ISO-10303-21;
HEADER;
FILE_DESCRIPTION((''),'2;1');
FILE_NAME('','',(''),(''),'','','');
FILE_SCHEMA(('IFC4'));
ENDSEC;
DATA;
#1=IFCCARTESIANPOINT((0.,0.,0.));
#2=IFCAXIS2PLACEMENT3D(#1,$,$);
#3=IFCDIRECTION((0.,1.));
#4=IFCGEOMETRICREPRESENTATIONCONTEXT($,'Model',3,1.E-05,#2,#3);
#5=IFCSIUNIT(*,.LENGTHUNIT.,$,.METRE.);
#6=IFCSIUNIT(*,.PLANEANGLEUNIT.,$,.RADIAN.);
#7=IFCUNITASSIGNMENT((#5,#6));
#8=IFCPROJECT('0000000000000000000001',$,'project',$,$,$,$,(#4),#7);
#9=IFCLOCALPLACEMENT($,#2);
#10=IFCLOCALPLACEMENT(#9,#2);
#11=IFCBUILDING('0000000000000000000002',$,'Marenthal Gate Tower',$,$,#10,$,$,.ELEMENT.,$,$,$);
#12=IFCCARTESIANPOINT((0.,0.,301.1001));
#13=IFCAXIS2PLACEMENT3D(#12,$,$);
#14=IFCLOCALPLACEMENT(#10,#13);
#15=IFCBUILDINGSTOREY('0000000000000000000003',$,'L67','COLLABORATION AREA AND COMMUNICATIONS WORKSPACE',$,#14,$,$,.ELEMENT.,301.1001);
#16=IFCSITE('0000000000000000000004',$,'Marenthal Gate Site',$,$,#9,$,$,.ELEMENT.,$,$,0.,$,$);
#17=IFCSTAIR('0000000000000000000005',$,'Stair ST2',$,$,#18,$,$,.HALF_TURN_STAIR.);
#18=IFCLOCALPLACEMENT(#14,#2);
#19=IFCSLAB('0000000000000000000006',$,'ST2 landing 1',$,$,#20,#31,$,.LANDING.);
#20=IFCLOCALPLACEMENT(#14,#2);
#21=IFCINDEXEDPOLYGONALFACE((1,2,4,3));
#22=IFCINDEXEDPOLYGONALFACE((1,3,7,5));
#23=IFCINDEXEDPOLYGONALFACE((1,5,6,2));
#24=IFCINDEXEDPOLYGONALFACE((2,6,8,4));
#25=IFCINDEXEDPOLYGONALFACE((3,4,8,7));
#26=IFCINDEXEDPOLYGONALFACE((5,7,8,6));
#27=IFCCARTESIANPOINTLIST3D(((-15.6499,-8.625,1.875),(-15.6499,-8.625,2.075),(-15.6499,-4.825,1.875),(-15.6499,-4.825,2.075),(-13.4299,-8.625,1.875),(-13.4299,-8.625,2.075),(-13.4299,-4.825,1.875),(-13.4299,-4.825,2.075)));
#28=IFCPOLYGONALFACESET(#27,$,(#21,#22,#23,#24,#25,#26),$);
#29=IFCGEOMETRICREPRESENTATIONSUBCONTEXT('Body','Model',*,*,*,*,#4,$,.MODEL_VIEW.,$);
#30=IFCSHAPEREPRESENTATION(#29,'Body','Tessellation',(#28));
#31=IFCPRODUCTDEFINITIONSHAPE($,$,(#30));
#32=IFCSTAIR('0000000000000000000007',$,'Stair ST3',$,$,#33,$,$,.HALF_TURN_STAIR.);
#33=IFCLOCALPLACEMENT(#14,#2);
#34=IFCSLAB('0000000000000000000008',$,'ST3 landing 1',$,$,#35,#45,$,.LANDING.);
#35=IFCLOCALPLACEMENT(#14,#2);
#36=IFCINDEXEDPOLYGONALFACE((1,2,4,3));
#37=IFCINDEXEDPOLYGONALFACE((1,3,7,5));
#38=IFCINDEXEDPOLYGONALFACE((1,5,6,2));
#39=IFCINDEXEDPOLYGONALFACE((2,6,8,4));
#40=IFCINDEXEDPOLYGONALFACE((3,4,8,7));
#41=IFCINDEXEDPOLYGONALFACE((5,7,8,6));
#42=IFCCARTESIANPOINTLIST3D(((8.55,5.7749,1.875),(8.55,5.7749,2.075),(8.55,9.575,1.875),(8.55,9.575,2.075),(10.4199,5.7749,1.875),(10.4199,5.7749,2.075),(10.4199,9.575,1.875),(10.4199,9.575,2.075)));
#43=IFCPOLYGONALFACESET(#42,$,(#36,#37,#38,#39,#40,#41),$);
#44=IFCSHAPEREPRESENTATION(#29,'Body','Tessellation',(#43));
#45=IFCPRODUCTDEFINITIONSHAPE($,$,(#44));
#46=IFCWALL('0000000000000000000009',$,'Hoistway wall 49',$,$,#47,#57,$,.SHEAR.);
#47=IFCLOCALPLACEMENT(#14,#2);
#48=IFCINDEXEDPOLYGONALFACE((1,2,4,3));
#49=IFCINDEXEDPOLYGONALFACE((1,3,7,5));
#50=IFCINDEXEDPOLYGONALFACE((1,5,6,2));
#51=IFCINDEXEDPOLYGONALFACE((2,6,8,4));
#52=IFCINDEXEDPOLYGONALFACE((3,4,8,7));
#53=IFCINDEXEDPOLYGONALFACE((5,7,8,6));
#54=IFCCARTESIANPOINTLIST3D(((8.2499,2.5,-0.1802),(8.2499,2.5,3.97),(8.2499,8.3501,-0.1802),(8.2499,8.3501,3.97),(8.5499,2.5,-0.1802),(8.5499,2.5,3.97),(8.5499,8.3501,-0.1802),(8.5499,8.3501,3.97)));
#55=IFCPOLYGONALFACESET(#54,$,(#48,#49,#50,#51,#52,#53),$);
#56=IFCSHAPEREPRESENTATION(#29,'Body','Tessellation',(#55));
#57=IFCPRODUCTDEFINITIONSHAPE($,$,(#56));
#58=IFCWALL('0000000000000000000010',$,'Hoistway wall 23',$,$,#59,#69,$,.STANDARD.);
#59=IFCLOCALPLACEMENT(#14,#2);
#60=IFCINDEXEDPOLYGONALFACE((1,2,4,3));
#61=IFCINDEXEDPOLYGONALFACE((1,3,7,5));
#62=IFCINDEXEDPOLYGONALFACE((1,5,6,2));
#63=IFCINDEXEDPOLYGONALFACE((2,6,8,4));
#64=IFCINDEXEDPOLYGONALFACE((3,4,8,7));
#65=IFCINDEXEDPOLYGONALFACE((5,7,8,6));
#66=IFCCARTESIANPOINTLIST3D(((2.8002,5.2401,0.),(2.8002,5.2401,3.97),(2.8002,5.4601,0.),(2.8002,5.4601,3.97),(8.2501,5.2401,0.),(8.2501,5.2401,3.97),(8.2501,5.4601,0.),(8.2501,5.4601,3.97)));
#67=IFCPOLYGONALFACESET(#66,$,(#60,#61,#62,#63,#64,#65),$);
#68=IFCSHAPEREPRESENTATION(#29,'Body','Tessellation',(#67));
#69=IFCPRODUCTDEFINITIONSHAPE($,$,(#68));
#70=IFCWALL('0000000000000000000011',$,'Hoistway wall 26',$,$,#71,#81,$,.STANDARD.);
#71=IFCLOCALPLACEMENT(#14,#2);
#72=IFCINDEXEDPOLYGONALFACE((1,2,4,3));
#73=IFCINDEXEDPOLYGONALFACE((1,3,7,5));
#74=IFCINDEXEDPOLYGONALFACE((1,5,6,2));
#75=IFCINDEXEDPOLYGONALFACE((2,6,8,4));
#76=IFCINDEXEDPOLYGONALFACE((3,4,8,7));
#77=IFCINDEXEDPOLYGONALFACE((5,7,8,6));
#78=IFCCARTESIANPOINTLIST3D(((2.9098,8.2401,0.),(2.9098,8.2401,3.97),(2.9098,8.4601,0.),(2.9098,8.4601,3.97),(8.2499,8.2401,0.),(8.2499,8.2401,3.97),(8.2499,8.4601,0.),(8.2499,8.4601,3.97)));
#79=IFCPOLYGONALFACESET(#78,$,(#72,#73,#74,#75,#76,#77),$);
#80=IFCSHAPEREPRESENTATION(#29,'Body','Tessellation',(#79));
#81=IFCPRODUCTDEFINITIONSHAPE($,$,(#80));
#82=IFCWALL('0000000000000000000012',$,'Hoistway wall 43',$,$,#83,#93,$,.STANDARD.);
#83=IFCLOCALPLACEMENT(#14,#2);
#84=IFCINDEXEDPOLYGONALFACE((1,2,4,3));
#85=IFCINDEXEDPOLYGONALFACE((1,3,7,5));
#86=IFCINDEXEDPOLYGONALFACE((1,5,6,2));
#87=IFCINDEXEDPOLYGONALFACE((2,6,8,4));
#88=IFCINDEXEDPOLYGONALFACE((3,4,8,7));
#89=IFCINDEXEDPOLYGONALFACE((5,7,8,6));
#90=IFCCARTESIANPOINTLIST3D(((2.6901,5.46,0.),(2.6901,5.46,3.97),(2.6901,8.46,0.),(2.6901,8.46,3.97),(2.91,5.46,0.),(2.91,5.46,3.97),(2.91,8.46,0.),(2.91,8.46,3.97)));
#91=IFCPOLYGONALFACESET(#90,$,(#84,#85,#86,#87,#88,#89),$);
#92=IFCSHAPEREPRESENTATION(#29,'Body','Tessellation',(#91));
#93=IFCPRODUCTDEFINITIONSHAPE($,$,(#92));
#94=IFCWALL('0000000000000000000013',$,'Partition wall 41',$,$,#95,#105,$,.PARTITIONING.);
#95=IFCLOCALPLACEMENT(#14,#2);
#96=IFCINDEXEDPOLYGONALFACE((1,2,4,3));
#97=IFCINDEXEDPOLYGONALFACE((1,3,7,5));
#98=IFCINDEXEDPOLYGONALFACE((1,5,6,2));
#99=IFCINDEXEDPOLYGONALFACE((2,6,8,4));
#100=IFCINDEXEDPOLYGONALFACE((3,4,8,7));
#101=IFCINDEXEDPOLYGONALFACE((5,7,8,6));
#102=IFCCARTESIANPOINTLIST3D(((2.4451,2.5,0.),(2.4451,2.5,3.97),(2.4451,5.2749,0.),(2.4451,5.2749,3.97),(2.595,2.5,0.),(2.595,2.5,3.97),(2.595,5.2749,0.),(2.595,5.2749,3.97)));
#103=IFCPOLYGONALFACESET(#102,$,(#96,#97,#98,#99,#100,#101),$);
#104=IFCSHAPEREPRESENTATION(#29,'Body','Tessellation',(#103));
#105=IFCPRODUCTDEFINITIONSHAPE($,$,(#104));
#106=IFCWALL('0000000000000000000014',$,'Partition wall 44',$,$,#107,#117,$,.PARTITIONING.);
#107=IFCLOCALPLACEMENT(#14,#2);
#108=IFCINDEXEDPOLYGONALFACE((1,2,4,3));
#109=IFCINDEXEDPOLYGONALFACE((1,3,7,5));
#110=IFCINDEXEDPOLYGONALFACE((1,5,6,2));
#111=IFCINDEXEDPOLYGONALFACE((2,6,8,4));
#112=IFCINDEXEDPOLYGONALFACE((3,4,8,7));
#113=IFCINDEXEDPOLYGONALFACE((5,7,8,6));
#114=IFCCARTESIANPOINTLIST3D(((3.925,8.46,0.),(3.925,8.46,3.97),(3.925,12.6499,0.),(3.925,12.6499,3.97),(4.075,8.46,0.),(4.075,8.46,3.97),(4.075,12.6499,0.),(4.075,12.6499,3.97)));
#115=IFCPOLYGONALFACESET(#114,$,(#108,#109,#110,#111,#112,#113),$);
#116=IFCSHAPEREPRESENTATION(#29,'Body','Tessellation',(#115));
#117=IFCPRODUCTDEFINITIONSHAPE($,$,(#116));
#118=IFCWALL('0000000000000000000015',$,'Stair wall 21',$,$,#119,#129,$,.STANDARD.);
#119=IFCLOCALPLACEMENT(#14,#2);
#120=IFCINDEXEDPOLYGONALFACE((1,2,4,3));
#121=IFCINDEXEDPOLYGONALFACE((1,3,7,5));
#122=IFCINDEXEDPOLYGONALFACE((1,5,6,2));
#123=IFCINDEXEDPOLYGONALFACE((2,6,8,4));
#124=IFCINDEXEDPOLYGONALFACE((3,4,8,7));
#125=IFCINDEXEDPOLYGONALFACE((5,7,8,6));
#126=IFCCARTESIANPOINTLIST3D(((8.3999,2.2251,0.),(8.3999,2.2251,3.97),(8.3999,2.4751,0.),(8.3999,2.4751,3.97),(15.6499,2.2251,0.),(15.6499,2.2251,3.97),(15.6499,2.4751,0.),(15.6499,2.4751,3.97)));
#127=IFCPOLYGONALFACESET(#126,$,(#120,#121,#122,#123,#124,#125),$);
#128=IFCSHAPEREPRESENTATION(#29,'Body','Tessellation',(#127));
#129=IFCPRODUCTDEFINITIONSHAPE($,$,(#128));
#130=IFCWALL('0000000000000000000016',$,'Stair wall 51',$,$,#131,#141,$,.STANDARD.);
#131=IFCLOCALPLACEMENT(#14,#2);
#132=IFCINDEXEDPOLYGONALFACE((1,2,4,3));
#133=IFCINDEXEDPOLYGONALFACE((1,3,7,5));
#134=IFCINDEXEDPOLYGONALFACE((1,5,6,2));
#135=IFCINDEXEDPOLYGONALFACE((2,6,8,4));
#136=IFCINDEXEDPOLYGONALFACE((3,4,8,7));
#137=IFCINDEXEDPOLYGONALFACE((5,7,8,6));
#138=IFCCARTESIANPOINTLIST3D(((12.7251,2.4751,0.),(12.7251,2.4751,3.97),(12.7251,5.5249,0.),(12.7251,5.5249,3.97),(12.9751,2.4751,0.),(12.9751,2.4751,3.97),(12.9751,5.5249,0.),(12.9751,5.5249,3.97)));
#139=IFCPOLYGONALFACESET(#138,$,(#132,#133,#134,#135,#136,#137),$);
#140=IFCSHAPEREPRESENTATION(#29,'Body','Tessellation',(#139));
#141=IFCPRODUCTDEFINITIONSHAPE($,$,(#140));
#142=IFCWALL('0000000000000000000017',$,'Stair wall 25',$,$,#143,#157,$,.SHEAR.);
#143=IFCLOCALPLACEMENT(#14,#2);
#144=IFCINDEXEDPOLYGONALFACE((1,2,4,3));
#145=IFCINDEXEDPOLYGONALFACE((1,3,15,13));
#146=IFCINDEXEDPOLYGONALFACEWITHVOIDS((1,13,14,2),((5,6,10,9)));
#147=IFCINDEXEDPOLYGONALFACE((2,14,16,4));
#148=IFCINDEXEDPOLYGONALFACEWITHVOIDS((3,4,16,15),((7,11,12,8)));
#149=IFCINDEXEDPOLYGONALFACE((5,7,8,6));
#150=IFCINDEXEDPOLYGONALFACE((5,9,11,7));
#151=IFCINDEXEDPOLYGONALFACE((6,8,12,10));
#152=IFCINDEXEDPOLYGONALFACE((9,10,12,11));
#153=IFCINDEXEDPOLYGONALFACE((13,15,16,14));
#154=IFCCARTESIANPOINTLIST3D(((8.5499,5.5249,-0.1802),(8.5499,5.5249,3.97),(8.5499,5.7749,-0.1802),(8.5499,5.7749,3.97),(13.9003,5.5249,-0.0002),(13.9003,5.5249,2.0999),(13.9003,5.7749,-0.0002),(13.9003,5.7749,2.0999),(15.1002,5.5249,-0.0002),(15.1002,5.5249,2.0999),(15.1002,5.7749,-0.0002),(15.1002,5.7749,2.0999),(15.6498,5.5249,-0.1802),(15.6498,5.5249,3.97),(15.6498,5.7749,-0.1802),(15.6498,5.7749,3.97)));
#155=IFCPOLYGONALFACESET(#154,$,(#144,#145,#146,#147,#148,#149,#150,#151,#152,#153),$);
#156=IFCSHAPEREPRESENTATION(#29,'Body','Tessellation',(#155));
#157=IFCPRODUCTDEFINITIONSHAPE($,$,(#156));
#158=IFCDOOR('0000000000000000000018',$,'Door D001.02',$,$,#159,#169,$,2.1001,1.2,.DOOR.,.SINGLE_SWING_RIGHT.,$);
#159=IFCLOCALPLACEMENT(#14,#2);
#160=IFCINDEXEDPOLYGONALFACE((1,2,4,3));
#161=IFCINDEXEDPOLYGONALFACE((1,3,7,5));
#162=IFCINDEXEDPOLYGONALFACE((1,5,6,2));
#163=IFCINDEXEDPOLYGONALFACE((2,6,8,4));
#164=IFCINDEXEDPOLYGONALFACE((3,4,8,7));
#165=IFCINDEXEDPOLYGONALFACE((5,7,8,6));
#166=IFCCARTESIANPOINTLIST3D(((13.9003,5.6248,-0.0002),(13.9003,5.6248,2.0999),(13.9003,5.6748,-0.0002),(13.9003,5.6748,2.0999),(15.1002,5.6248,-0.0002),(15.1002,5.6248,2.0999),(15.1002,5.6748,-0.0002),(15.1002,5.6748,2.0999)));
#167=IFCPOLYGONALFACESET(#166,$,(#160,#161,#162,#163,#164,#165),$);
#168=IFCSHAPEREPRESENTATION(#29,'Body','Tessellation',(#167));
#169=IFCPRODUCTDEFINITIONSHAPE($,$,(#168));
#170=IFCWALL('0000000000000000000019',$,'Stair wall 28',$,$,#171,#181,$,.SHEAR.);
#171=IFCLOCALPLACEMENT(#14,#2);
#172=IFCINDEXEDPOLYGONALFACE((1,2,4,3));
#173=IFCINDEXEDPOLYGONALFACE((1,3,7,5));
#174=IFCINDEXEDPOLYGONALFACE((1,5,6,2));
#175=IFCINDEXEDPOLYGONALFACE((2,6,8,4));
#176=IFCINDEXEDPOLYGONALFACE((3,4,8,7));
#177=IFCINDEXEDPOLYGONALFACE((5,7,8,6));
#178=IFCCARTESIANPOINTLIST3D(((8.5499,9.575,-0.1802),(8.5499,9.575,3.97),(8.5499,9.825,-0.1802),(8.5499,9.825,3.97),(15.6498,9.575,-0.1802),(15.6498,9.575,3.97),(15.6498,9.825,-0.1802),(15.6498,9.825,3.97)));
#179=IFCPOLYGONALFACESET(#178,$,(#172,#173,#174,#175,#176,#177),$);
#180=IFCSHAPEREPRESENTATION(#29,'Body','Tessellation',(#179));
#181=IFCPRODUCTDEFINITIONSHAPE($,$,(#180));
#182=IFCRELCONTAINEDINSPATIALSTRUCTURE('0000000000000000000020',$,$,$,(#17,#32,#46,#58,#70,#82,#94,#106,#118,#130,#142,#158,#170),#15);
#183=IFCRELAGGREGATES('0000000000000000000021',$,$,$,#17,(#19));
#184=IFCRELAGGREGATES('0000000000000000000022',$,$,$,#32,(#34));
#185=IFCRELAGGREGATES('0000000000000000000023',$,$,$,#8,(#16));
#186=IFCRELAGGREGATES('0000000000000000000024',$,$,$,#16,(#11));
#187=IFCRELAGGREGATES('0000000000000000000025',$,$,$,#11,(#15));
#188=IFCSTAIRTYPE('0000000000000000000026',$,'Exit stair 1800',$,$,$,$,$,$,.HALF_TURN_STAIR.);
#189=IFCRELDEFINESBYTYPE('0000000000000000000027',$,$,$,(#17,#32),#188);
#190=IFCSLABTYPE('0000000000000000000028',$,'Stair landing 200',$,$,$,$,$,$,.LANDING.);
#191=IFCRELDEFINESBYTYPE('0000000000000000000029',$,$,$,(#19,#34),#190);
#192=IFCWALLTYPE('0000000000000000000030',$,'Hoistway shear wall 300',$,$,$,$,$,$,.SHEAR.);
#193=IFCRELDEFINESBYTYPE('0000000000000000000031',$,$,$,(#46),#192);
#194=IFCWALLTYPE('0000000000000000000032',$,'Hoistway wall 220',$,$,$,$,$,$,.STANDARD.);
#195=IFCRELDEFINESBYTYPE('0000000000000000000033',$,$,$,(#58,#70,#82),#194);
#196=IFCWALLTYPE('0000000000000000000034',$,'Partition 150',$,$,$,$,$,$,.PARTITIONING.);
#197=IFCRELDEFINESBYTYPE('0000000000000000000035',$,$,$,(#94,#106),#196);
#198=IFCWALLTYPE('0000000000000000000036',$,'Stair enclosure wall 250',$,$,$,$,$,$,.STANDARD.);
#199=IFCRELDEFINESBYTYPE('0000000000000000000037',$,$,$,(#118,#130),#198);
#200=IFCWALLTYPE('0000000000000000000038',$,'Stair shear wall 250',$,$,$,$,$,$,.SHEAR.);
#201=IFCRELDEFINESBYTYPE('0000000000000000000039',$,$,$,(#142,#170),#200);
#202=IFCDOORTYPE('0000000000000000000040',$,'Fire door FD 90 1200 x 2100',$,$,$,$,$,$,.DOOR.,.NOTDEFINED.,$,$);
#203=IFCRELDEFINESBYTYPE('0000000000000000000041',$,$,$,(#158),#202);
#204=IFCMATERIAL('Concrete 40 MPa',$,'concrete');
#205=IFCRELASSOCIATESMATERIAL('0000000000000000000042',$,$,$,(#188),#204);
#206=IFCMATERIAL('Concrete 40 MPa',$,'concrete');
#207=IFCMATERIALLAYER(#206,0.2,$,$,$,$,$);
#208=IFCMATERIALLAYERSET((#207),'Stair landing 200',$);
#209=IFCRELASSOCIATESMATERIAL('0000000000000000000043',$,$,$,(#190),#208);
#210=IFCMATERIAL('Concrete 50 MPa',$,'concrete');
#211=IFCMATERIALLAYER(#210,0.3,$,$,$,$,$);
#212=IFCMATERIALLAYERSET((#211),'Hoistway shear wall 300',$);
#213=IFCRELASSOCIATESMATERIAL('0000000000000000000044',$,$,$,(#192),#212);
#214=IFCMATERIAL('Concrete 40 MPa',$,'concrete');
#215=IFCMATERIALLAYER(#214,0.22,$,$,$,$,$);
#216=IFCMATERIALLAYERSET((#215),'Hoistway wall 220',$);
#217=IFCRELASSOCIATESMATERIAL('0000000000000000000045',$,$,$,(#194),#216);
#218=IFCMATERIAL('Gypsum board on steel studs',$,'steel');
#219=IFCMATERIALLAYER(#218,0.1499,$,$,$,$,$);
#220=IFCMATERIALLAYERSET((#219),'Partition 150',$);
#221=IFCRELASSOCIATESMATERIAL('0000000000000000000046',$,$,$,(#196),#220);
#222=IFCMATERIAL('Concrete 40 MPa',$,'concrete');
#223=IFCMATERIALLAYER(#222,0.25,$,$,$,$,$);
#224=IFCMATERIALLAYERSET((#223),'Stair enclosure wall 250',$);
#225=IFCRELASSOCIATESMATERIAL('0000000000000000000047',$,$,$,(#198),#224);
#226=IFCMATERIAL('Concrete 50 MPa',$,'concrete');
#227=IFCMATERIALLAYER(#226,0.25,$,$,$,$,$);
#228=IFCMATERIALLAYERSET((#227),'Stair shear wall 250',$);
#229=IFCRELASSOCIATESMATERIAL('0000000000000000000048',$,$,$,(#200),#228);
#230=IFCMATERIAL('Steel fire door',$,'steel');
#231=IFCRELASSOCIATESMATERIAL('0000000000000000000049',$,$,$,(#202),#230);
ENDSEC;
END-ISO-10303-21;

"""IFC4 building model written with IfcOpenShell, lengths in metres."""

from ifc_helpers import new_model, si_unit, direction, frame, frame_2d, origin, place, context, subcontext, project, spatial, polyline, rectangle, outline, extrude, material, layer, layer_set, type_object, element, fill, aggregate, save


model = new_model("IFC4")

# Units and contexts
model_context = context("Model", 3, precision=1e-05, world=origin(), true_north=direction((0.0, 1.0)))
body_context = subcontext(model_context, "Body", "Model", "MODEL_VIEW")
ifc_project = project(units=[si_unit("LENGTHUNIT", "METRE"), si_unit("PLANEANGLEUNIT", "RADIAN")], contexts=[model_context])

# Site, building, storey
site_placement = place(None, origin())
site = spatial("IfcSite", under=ifc_project, at=site_placement, Name="Marenthal Gate Site", CompositionType="ELEMENT", RefElevation=0.0)
building_placement = place(site_placement, origin())
building = spatial("IfcBuilding", under=site, at=building_placement, Name="Marenthal Gate Tower", CompositionType="ELEMENT")
storey_placement = place(building_placement, frame((0.0, 0.0, 301.1001)))
storey = spatial("IfcBuildingStorey", under=building, at=storey_placement, Name="L67", Description="COLLABORATION AREA AND COMMUNICATIONS WORKSPACE", CompositionType="ELEMENT", Elevation=301.1001)

# Stairs, slabs
ifc_material_1 = material(Name="Concrete 40 MPa", Category="concrete")
stair_type = type_object("IfcStairType", Name="Exit stair 1800", PredefinedType="HALF_TURN_STAIR", material=ifc_material_1)
stair_1_placement = place(storey_placement, origin())
stair_1 = element("IfcStair", 1, at=stair_1_placement, inside=storey, type_object=stair_type, Name="Stair ST2", PredefinedType="HALF_TURN_STAIR")
ifc_material_2 = material(Name="Concrete 40 MPa", Category="concrete")
ifc_layer_1 = layer(ifc_material_2, 0.2)
ifc_layer_set_1 = layer_set([ifc_layer_1], Name="Stair landing 200")
slab_type = type_object("IfcSlabType", Name="Stair landing 200", PredefinedType="LANDING", material=ifc_layer_set_1)
slab_1_placement = place(storey_placement, frame((0.0, 0.0, 1.875)))
slab_1 = element("IfcSlab", 2, at=slab_1_placement, type_object=slab_type, Name="ST2 landing 1", PredefinedType="LANDING", context=body_context, shape_type="SweptSolid", body=[
    extrude(outline(polyline([(-15.6499, -8.625), (-13.4299, -8.625), (-13.4299, -4.825), (-15.6499, -4.825), (-15.6499, -8.625)])), origin(), (0.0, 0.0, 1.0), 0.2),
])
aggregate(stair_1, [slab_1])
stair_2_placement = place(storey_placement, origin())
stair_2 = element("IfcStair", 3, at=stair_2_placement, inside=storey, type_object=stair_type, Name="Stair ST3", PredefinedType="HALF_TURN_STAIR")
slab_2_placement = place(storey_placement, frame((0.0, 0.0, 1.875)))
slab_2 = element("IfcSlab", 4, at=slab_2_placement, type_object=slab_type, Name="ST3 landing 1", PredefinedType="LANDING", context=body_context, shape_type="SweptSolid", body=[
    extrude(outline(polyline([(8.55, 5.7749), (10.4199, 5.7749), (10.4199, 9.575), (8.55, 9.575), (8.55, 5.7749)])), origin(), (0.0, 0.0, 1.0), 0.2),
])

# Walls
ifc_material_3 = material(Name="Concrete 50 MPa", Category="concrete")
ifc_layer_2 = layer(ifc_material_3, 0.3)
ifc_layer_set_2 = layer_set([ifc_layer_2], Name="Hoistway shear wall 300")
wall_type_1 = type_object("IfcWallType", Name="Hoistway shear wall 300", PredefinedType="SHEAR", material=ifc_layer_set_2)
wall_1_placement = place(storey_placement, frame((8.3999, 2.5, -0.1802), z_axis=(0.0, 0.0, 1.0), x_axis=(0.0, 1.0, 0.0)))
element("IfcWall", 5, at=wall_1_placement, inside=storey, type_object=wall_type_1, Name="Hoistway wall 49", PredefinedType="SHEAR", context=body_context, shape_type="SweptSolid", body=[
    extrude(rectangle(XDim=5.8501, YDim=0.3, at=frame_2d((2.925, 0.0))), origin(), (0.0, 0.0, 1.0), 4.1501),
])
ifc_material_4 = material(Name="Concrete 40 MPa", Category="concrete")
ifc_layer_3 = layer(ifc_material_4, 0.22)
ifc_layer_set_3 = layer_set([ifc_layer_3], Name="Hoistway wall 220")
wall_type_2 = type_object("IfcWallType", Name="Hoistway wall 220", PredefinedType="STANDARD", material=ifc_layer_set_3)
wall_2_placement = place(storey_placement, frame((2.8, 5.3501, 0.0), z_axis=(0.0, 0.0, 1.0), x_axis=(1.0, 0.0, 0.0)))
element("IfcWall", 6, at=wall_2_placement, inside=storey, type_object=wall_type_2, Name="Hoistway wall 23", PredefinedType="STANDARD", context=body_context, shape_type="SweptSolid", body=[
    extrude(rectangle(XDim=5.45, YDim=0.22, at=frame_2d((2.7251, 0.0))), origin(), (0.0, 0.0, 1.0), 3.97),
])
wall_3_placement = place(storey_placement, frame((2.9099, 8.3501, 0.0), z_axis=(0.0, 0.0, 1.0), x_axis=(1.0, 0.0, 0.0)))
element("IfcWall", 7, at=wall_3_placement, inside=storey, type_object=wall_type_2, Name="Hoistway wall 26", PredefinedType="STANDARD", context=body_context, shape_type="SweptSolid", body=[
    extrude(rectangle(XDim=5.3401, YDim=0.22, at=frame_2d((2.6699, 0.0))), origin(), (0.0, 0.0, 1.0), 3.97),
])
wall_4_placement = place(storey_placement, frame((2.8, 5.46, 0.0), z_axis=(0.0, 0.0, 1.0), x_axis=(0.0, 1.0, 0.0)))
element("IfcWall", 8, at=wall_4_placement, inside=storey, type_object=wall_type_2, Name="Hoistway wall 43", PredefinedType="STANDARD", context=body_context, shape_type="SweptSolid", body=[
    extrude(rectangle(XDim=3.0, YDim=0.22, at=frame_2d((1.5, 0.0))), origin(), (0.0, 0.0, 1.0), 3.97),
])
ifc_material_5 = material(Name="Gypsum board on steel studs", Category="steel")
ifc_layer_4 = layer(ifc_material_5, 0.1499)
ifc_layer_set_4 = layer_set([ifc_layer_4], Name="Partition 150")
wall_type_3 = type_object("IfcWallType", Name="Partition 150", PredefinedType="PARTITIONING", material=ifc_layer_set_4)
wall_5_placement = place(storey_placement, frame((2.52, 2.5, 0.0), z_axis=(0.0, 0.0, 1.0), x_axis=(0.0, 1.0, 0.0)))
element("IfcWall", 9, at=wall_5_placement, inside=storey, type_object=wall_type_3, Name="Partition wall 41", PredefinedType="PARTITIONING", context=body_context, shape_type="SweptSolid", body=[
    extrude(rectangle(XDim=2.7749, YDim=0.1499, at=frame_2d((1.3875, 0.0))), origin(), (0.0, 0.0, 1.0), 3.97),
])
wall_6_placement = place(storey_placement, frame((4.0, 8.46, 0.0), z_axis=(0.0, 0.0, 1.0), x_axis=(0.0, 1.0, 0.0)))
element("IfcWall", 10, at=wall_6_placement, inside=storey, type_object=wall_type_3, Name="Partition wall 44", PredefinedType="PARTITIONING", context=body_context, shape_type="SweptSolid", body=[
    extrude(rectangle(XDim=4.1899, YDim=0.1499, at=frame_2d((2.095, 0.0))), origin(), (0.0, 0.0, 1.0), 3.97),
])
ifc_material_6 = material(Name="Concrete 40 MPa", Category="concrete")
ifc_layer_5 = layer(ifc_material_6, 0.25)
ifc_layer_set_5 = layer_set([ifc_layer_5], Name="Stair enclosure wall 250")
wall_type_4 = type_object("IfcWallType", Name="Stair enclosure wall 250", PredefinedType="STANDARD", material=ifc_layer_set_5)
wall_7_placement = place(storey_placement, frame((8.3999, 2.3501, 0.0), z_axis=(0.0, 0.0, 1.0), x_axis=(1.0, 0.0, 0.0)))
element("IfcWall", 11, at=wall_7_placement, inside=storey, type_object=wall_type_4, Name="Stair wall 21", PredefinedType="STANDARD", context=body_context, shape_type="SweptSolid", body=[
    extrude(rectangle(XDim=7.25, YDim=0.25, at=frame_2d((3.625, 0.0))), origin(), (0.0, 0.0, 1.0), 3.97),
])
wall_8_placement = place(storey_placement, frame((12.8501, 2.4751, 0.0), z_axis=(0.0, 0.0, 1.0), x_axis=(0.0, 1.0, 0.0)))
element("IfcWall", 12, at=wall_8_placement, inside=storey, type_object=wall_type_4, Name="Stair wall 51", PredefinedType="STANDARD", context=body_context, shape_type="SweptSolid", body=[
    extrude(rectangle(XDim=3.0498, YDim=0.25, at=frame_2d((1.5249, 0.0))), origin(), (0.0, 0.0, 1.0), 3.97),
])

# Wall, opening, door
ifc_material_7 = material(Name="Concrete 50 MPa", Category="concrete")
ifc_layer_6 = layer(ifc_material_7, 0.25)
ifc_layer_set_6 = layer_set([ifc_layer_6], Name="Stair shear wall 250")
wall_type_5 = type_object("IfcWallType", Name="Stair shear wall 250", PredefinedType="SHEAR", material=ifc_layer_set_6)
wall_9_placement = place(storey_placement, frame((8.55, 5.6499, -0.1802), z_axis=(0.0, 0.0, 1.0), x_axis=(1.0, 0.0, 0.0)))
wall_9 = element("IfcWall", 13, at=wall_9_placement, inside=storey, type_object=wall_type_5, Name="Stair wall 25", PredefinedType="SHEAR", context=body_context, shape_type="SweptSolid", body=[
    extrude(rectangle(XDim=7.0999, YDim=0.25, at=frame_2d((3.5498, 0.0))), origin(), (0.0, 0.0, 1.0), 4.1501),
])
opening_placement = place(wall_9_placement, frame((5.3501, 0.0, 0.1799)))
opening = element("IfcOpeningElement", 14, at=opening_placement, cuts=wall_9, PredefinedType="OPENING", context=body_context, shape_type="SweptSolid", body=[
    extrude(rectangle(XDim=1.2, YDim=2.1001, at=frame_2d((0.6001, 1.05))), frame((0.0, 0.135, 0.0), z_axis=(0.0, -1.0, 0.0), x_axis=(1.0, 0.0, 0.0)), (0.0, 0.0, 1.0), 0.27),
])
ifc_material_8 = material(Name="Steel fire door", Category="steel")
door_type = type_object("IfcDoorType", Name="Fire door FD 90 1200 x 2100", OperationType="NOTDEFINED", PredefinedType="DOOR", material=ifc_material_8)
door_placement = place(opening_placement, origin())
door = element("IfcDoor", 15, at=door_placement, inside=storey, type_object=door_type, Name="Door D001.02", OperationType="SINGLE_SWING_RIGHT", OverallHeight=2.1001, OverallWidth=1.2, PredefinedType="DOOR", context=body_context, shape_type="SweptSolid", body=[
    extrude(rectangle(XDim=1.2, YDim=2.1001, at=frame_2d((0.6001, 1.05))), frame((0.0, 0.0249, 0.0), z_axis=(0.0, -1.0, 0.0), x_axis=(1.0, 0.0, 0.0)), (0.0, 0.0, 1.0), 0.05),
])
fill(opening, door)

# Wall
wall_10_placement = place(storey_placement, frame((8.55, 9.7, -0.1802), z_axis=(0.0, 0.0, 1.0), x_axis=(1.0, 0.0, 0.0)))
element("IfcWall", 16, at=wall_10_placement, inside=storey, type_object=wall_type_5, Name="Stair wall 28", PredefinedType="SHEAR", context=body_context, shape_type="SweptSolid", body=[
    extrude(rectangle(XDim=7.0999, YDim=0.25, at=frame_2d((3.5498, 0.0))), origin(), (0.0, 0.0, 1.0), 4.1501),
])

aggregate(stair_2, [slab_2])

save(model, "model.ifc")
